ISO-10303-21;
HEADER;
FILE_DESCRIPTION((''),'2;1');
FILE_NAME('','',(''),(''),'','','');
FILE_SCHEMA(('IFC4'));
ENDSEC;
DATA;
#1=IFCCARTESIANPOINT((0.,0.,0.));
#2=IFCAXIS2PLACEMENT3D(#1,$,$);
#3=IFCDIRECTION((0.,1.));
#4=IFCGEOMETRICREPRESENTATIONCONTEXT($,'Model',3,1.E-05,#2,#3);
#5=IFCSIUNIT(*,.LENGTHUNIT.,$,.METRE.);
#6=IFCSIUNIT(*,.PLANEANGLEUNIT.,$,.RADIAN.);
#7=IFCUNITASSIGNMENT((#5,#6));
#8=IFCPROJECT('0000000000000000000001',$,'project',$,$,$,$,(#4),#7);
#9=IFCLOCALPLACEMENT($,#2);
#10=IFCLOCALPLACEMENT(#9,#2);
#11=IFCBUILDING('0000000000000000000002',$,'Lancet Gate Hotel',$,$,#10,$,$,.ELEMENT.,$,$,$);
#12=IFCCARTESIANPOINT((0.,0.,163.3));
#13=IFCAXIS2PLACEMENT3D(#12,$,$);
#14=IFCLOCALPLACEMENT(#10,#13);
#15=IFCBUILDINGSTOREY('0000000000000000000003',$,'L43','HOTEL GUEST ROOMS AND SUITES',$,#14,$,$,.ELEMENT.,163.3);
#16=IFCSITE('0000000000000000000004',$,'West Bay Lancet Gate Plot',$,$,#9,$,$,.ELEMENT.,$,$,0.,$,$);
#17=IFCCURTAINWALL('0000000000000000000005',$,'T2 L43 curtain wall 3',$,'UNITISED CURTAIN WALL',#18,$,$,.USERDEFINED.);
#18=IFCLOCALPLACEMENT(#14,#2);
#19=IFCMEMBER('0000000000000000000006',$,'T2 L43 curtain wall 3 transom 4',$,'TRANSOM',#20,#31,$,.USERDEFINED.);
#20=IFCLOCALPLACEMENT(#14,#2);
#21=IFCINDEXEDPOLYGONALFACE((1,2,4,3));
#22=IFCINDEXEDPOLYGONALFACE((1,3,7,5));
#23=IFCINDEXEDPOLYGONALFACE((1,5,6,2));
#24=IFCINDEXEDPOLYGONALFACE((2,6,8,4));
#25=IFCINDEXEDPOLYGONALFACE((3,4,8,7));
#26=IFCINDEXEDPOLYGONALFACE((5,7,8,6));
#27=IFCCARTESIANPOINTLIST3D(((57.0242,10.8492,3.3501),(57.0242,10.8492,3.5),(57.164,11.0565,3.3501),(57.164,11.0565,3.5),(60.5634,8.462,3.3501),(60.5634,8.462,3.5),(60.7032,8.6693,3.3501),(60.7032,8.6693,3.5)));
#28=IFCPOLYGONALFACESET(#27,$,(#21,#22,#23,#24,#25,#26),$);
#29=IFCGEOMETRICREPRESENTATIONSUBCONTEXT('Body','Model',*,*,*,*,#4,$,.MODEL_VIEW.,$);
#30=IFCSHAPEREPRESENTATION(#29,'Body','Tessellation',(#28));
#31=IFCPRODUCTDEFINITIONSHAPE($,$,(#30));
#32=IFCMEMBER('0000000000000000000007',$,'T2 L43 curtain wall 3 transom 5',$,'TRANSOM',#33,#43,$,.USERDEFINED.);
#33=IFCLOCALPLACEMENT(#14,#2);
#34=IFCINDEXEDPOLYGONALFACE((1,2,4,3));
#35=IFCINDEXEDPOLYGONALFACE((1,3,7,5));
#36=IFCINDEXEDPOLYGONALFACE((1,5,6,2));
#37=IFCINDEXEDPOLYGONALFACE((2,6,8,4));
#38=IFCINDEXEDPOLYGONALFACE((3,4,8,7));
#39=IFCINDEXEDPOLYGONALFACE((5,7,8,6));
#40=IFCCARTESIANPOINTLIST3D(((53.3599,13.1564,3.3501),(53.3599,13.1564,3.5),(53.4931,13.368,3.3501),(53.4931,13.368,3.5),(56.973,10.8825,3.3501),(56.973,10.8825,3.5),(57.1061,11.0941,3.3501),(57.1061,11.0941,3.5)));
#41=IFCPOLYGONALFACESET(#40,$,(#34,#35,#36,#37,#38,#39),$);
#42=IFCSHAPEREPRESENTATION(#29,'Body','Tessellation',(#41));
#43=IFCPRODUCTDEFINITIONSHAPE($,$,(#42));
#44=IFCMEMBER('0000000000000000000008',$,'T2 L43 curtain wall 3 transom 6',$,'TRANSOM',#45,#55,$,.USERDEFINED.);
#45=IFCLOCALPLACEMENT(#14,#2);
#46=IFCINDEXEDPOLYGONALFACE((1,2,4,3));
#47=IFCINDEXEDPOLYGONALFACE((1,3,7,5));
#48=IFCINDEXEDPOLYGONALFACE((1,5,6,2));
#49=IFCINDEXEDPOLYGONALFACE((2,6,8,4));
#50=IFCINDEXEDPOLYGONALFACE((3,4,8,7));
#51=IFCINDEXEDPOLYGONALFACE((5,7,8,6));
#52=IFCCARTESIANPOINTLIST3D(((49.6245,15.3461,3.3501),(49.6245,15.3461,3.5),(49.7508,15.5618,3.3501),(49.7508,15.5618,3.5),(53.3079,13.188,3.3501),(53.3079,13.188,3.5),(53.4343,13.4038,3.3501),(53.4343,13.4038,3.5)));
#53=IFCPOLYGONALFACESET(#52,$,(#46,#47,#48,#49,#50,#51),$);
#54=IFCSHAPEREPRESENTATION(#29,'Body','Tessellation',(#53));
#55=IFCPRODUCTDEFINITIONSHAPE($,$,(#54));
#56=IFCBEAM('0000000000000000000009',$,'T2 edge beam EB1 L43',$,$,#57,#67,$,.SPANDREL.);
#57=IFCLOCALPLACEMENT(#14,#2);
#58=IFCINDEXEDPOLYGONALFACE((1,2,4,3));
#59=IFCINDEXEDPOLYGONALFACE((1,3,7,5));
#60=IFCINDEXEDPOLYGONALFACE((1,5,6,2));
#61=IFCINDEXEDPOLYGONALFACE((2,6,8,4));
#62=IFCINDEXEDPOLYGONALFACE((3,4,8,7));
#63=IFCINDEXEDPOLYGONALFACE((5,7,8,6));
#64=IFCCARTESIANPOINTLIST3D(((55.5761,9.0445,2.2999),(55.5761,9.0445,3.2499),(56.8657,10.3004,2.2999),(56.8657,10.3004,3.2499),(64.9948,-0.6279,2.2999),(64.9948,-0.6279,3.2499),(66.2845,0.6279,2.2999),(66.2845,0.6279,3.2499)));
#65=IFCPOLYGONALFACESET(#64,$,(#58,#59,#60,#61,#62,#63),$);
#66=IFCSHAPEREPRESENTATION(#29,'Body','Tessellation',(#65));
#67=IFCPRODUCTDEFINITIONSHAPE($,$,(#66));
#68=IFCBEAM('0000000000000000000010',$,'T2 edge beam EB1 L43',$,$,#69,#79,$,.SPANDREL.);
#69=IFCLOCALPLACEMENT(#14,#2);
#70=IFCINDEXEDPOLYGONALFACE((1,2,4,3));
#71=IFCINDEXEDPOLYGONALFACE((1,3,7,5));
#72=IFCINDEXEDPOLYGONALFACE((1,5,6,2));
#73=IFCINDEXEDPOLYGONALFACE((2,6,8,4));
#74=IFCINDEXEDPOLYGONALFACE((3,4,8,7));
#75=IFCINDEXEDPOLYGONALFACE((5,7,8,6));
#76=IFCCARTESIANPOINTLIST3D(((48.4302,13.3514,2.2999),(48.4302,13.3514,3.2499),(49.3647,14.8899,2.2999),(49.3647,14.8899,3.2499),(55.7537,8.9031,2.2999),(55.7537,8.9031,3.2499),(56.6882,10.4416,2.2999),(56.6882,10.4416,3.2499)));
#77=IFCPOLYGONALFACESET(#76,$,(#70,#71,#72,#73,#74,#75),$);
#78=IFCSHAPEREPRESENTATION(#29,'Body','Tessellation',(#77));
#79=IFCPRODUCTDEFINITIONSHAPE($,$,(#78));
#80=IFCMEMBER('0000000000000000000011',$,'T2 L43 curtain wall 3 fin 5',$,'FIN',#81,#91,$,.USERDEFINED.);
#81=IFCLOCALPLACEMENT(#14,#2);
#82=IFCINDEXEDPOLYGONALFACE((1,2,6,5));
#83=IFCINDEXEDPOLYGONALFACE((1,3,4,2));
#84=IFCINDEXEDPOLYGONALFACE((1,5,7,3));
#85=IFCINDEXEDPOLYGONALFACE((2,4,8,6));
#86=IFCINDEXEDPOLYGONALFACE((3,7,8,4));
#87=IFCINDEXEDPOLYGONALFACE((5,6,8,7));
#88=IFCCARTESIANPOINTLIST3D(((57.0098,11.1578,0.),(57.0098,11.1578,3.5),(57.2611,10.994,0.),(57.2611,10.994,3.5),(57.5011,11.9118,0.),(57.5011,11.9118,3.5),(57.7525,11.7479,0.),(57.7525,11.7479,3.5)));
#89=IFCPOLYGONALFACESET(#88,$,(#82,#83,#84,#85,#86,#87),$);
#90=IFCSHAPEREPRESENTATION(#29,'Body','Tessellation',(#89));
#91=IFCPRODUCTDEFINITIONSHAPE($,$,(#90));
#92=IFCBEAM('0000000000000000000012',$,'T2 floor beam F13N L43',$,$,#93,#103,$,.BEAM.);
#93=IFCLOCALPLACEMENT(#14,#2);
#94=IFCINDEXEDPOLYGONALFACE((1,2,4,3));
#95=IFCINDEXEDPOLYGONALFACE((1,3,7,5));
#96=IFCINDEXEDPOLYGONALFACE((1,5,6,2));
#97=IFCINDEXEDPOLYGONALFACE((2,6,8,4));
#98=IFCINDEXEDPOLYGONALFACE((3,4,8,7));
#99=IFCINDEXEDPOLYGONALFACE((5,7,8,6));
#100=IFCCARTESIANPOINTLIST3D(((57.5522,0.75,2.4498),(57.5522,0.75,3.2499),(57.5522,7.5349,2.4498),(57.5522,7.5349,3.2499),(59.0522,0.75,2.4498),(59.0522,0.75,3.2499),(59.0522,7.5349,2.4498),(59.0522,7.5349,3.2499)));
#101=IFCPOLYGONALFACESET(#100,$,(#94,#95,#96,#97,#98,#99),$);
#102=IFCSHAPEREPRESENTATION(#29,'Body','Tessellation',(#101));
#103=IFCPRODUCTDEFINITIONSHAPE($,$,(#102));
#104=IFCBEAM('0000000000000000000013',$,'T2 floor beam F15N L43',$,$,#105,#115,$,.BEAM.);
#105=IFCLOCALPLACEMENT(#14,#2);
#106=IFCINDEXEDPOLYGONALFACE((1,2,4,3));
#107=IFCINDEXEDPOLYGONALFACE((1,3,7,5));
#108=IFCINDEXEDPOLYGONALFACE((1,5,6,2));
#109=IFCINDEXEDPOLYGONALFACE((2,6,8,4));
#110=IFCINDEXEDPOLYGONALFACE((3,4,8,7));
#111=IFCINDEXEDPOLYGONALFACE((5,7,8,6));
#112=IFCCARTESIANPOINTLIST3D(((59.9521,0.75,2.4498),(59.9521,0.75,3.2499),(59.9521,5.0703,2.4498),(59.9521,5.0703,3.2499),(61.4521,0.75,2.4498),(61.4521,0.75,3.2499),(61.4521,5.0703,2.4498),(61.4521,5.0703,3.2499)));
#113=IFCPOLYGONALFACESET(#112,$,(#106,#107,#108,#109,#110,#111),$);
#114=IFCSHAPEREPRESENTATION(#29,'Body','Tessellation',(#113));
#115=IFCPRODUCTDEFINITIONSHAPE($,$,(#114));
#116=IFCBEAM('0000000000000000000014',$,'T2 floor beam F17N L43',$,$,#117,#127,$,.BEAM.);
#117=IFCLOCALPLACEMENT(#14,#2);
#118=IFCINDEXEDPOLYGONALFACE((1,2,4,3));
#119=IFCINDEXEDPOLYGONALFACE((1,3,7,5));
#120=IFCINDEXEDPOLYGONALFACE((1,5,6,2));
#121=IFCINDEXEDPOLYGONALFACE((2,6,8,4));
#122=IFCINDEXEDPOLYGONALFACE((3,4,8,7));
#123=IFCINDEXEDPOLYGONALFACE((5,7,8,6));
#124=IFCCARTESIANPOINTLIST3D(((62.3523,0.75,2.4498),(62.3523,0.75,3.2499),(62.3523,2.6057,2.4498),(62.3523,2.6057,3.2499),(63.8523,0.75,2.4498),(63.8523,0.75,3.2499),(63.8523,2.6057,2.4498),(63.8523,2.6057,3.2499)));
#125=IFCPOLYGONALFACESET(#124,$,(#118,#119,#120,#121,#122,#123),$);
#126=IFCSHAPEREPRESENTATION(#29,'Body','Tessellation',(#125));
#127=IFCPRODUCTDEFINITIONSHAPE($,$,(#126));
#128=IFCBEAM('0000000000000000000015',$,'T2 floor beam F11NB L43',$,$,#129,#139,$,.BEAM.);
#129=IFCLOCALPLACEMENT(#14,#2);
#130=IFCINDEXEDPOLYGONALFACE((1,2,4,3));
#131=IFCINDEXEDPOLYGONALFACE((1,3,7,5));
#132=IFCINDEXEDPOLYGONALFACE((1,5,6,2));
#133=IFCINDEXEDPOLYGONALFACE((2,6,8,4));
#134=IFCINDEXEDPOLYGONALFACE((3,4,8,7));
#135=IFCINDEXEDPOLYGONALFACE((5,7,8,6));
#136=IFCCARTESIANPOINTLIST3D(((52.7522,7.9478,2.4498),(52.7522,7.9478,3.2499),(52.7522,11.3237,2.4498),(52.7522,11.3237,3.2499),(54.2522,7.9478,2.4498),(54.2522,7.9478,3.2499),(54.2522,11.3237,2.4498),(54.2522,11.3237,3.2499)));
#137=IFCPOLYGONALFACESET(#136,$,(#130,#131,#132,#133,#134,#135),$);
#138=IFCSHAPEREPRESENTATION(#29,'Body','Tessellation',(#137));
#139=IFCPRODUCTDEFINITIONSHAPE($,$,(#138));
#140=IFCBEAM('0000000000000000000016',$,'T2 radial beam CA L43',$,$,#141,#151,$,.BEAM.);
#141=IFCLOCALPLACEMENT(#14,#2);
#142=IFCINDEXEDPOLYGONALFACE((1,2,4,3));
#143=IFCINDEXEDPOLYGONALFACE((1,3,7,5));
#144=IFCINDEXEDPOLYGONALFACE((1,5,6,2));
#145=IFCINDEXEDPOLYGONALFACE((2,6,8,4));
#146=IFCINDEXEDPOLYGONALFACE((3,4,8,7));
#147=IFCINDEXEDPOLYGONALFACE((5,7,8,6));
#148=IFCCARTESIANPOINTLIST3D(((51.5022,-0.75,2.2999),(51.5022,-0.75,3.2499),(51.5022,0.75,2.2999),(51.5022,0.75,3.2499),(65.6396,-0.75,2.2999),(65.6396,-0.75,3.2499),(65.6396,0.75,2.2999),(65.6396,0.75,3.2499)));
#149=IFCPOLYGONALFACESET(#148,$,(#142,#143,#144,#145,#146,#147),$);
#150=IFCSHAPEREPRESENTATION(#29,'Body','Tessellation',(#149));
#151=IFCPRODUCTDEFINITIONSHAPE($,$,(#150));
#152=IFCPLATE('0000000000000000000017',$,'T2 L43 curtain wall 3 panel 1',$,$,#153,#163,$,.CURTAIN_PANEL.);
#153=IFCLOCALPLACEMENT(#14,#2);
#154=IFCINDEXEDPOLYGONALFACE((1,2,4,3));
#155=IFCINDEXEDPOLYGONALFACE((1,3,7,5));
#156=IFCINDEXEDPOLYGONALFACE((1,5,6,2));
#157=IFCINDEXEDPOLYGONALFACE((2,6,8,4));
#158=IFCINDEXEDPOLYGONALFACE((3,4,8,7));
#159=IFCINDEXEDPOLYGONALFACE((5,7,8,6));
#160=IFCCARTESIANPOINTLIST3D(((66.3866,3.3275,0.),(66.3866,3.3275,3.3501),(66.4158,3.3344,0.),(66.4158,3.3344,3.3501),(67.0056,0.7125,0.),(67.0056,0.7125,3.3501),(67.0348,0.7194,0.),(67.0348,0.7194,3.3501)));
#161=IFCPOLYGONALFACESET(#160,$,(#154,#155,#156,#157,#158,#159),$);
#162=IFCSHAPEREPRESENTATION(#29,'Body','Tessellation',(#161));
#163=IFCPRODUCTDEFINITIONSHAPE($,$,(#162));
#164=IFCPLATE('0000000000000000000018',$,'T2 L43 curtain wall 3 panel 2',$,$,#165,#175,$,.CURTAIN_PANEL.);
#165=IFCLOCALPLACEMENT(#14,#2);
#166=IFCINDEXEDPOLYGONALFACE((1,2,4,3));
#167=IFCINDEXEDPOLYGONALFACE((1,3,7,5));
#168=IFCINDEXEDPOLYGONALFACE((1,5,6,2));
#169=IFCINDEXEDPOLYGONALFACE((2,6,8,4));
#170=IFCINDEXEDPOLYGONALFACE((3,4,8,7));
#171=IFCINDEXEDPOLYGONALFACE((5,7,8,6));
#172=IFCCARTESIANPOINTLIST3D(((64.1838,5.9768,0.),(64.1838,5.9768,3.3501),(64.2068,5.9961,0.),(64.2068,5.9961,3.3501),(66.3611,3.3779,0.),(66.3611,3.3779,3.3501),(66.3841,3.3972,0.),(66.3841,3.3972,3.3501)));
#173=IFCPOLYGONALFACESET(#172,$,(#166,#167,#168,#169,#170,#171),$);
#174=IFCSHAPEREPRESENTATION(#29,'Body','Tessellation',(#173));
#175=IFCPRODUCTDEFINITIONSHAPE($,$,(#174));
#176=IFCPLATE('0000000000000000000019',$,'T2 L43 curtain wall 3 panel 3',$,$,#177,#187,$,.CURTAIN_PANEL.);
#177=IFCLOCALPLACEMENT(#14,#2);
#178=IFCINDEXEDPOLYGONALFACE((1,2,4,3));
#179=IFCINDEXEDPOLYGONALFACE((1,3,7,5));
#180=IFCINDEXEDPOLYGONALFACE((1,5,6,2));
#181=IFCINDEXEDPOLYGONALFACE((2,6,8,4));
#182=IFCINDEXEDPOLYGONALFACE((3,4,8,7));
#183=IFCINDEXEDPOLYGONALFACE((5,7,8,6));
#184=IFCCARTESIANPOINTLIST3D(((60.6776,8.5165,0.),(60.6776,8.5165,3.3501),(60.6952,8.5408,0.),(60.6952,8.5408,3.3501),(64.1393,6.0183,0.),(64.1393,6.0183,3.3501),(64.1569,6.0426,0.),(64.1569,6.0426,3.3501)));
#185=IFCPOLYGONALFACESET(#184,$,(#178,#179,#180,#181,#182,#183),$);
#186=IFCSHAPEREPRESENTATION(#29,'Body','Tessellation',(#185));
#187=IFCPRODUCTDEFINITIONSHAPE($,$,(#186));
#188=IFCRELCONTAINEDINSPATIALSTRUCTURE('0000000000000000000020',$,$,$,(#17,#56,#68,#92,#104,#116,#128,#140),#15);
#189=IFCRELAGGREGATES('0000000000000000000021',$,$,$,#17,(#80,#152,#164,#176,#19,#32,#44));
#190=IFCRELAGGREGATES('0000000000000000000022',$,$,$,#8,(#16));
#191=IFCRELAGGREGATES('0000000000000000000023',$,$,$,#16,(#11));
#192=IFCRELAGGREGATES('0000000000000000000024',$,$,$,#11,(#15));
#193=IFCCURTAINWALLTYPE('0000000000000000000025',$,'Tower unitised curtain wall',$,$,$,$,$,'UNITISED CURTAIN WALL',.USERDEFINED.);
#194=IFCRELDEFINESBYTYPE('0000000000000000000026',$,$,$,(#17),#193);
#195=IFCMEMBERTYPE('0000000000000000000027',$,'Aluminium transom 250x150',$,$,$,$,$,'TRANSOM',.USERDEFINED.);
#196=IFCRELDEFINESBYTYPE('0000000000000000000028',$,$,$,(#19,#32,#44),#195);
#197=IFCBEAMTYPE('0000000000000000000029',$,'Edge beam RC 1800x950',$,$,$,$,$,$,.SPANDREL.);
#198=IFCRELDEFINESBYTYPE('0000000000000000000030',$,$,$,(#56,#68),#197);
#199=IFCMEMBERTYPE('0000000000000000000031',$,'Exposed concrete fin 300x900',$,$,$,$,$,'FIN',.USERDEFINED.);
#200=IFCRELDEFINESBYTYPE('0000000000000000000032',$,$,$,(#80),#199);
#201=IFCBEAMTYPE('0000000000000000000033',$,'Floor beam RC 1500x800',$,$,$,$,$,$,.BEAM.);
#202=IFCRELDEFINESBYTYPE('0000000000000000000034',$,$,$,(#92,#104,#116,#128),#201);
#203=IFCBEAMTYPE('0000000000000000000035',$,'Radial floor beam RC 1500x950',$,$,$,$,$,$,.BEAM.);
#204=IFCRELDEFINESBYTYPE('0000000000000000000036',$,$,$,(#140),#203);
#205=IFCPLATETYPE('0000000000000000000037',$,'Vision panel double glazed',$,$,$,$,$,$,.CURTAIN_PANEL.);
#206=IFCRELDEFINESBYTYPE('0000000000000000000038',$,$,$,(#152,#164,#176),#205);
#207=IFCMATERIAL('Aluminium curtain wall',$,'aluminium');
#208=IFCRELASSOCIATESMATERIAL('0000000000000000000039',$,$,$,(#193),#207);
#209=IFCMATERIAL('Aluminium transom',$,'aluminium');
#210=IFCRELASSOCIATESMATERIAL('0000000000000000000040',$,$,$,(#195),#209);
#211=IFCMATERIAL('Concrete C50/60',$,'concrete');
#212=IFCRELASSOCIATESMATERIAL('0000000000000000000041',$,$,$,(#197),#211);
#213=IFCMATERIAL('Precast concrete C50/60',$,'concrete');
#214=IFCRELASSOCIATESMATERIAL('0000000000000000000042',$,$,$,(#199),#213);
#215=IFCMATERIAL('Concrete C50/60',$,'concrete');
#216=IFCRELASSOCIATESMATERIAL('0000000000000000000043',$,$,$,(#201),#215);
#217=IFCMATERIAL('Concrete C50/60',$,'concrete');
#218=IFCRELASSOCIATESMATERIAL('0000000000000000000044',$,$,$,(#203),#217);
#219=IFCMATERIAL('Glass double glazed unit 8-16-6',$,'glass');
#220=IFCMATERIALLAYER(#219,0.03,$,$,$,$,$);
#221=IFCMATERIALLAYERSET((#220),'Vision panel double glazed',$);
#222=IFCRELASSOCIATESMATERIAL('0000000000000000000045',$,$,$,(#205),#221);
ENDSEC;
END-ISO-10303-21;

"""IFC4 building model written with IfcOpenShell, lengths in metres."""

from ifc_helpers import new_model, si_unit, direction, frame, origin, origin_2d, place, context, subcontext, project, spatial, rectangle, extrude, material, layer, layer_set, material_profile, profile_set, type_object, element, aggregate, save


model = new_model("IFC4")

# Units and contexts
model_context = context("Model", 3, precision=1e-05, world=origin(), true_north=direction((0.0, 1.0)))
body_context = subcontext(model_context, "Body", "Model", "MODEL_VIEW")
ifc_project = project(units=[si_unit("LENGTHUNIT", "METRE"), si_unit("PLANEANGLEUNIT", "RADIAN")], contexts=[model_context])

# Site, building, storey
site_placement = place(None, origin())
site = spatial("IfcSite", under=ifc_project, at=site_placement, Name="West Bay Lancet Gate Plot", CompositionType="ELEMENT", RefElevation=0.0)
building_placement = place(site_placement, origin())
building = spatial("IfcBuilding", under=site, at=building_placement, Name="Lancet Gate Hotel", CompositionType="ELEMENT")
storey_placement = place(building_placement, frame((0.0, 0.0, 163.3)))
storey = spatial("IfcBuildingStorey", under=building, at=storey_placement, Name="L43", Description="HOTEL GUEST ROOMS AND SUITES", CompositionType="ELEMENT", Elevation=163.3)

# Curtain wall, members
ifc_material_1 = material(Name="Aluminium curtain wall", Category="aluminium")
curtain_wall_type = type_object("IfcCurtainWallType", Name="Tower unitised curtain wall", ElementType="UNITISED CURTAIN WALL", PredefinedType="USERDEFINED", material=ifc_material_1)
curtain_wall_placement = place(storey_placement, origin())
curtain_wall = element("IfcCurtainWall", 1, at=curtain_wall_placement, inside=storey, type_object=curtain_wall_type, Name="T2 L43 curtain wall 3", ObjectType="UNITISED CURTAIN WALL", PredefinedType="USERDEFINED")
ifc_material_2 = material(Name="Aluminium transom", Category="aluminium")
ifc_material_profile_1 = material_profile(ifc_material_2, rectangle(XDim=0.25, YDim=0.1499, at=origin_2d()), Name="TRANSOM 250x150")
ifc_profile_set_1 = profile_set([ifc_material_profile_1], Name="Aluminium transom")
member_type_1 = type_object("IfcMemberType", Name="Aluminium transom 250x150", ElementType="TRANSOM", PredefinedType="USERDEFINED", material=ifc_profile_set_1)
member_1_placement = place(storey_placement, frame((60.6333, 8.5657, 3.425), z_axis=(-0.829047, 0.559179, 0.0), x_axis=(-0.559179, -0.829047, 0.0)))
member_1 = element("IfcMember", 2, at=member_1_placement, type_object=member_type_1, Name="T2 L43 curtain wall 3 transom 4", ObjectType="TRANSOM", PredefinedType="USERDEFINED", context=body_context, shape_type="SweptSolid", body=[
    extrude(rectangle(XDim=0.25, YDim=0.1499, at=origin_2d()), origin(), (0.0, 0.0, 1.0), 4.269),
])
member_2_placement = place(storey_placement, frame((57.0396, 10.9883, 3.425), z_axis=(-0.846333, 0.532654, 0.0), x_axis=(-0.532654, -0.846333, 0.0)))
member_2 = element("IfcMember", 3, at=member_2_placement, type_object=member_type_1, Name="T2 L43 curtain wall 3 transom 5", ObjectType="TRANSOM", PredefinedType="USERDEFINED", context=body_context, shape_type="SweptSolid", body=[
    extrude(rectangle(XDim=0.25, YDim=0.1499, at=origin_2d()), origin(), (0.0, 0.0, 1.0), 4.269),
])
member_3_placement = place(storey_placement, frame((53.3711, 13.2959, 3.425), z_axis=(-0.862825, 0.505502, 0.0), x_axis=(-0.505502, -0.862825, 0.0)))
member_3 = element("IfcMember", 4, at=member_3_placement, type_object=member_type_1, Name="T2 L43 curtain wall 3 transom 6", ObjectType="TRANSOM", PredefinedType="USERDEFINED", context=body_context, shape_type="SweptSolid", body=[
    extrude(rectangle(XDim=0.25, YDim=0.1499, at=origin_2d()), origin(), (0.0, 0.0, 1.0), 4.269),
])

# Beams
ifc_material_3 = material(Name="Concrete C50/60", Category="concrete")
ifc_material_profile_2 = material_profile(ifc_material_3, rectangle(XDim=1.8, YDim=0.95, at=origin_2d()), Name="RC 1800x950")
ifc_profile_set_2 = profile_set([ifc_material_profile_2], Name="Concrete C50/60")
beam_type_1 = type_object("IfcBeamType", Name="Edge beam RC 1800x950", PredefinedType="SPANDREL", material=ifc_profile_set_2)
beam_1_placement = place(storey_placement, frame((65.6396, 0.0, 2.7749), z_axis=(-0.69765, 0.716439, 0.0), x_axis=(-0.716439, -0.69765, 0.0)))
element("IfcBeam", 5, at=beam_1_placement, inside=storey, type_object=beam_type_1, Name="T2 edge beam EB1 L43", PredefinedType="SPANDREL", context=body_context, shape_type="SweptSolid", body=[
    extrude(rectangle(XDim=1.8, YDim=0.95, at=origin_2d()), origin(), (0.0, 0.0, 1.0), 13.5007),
])
beam_2_placement = place(storey_placement, frame((56.2209, 9.6724, 2.7749), z_axis=(-0.854692, 0.519135, 0.0), x_axis=(-0.519135, -0.854692, 0.0)))
element("IfcBeam", 6, at=beam_2_placement, inside=storey, type_object=beam_type_1, Name="T2 edge beam EB1 L43", PredefinedType="SPANDREL", context=body_context, shape_type="SweptSolid", body=[
    extrude(rectangle(XDim=1.8, YDim=0.95, at=origin_2d()), origin(), (0.0, 0.0, 1.0), 8.5686),
])

# Member
ifc_material_4 = material(Name="Precast concrete C50/60", Category="concrete")
ifc_material_profile_3 = material_profile(ifc_material_4, rectangle(XDim=0.3, YDim=0.8999, at=origin_2d()), Name="FIN 300x900")
ifc_profile_set_3 = profile_set([ifc_material_profile_3], Name="Precast concrete C50/60")
member_type_2 = type_object("IfcMemberType", Name="Exposed concrete fin 300x900", ElementType="FIN", PredefinedType="USERDEFINED", material=ifc_profile_set_3)
member_4_placement = place(storey_placement, frame((57.3811, 11.4529, 0.0), z_axis=(0.0, 0.0, 1.0), x_axis=(-0.837801, 0.545976, 0.0)))
member_4 = element("IfcMember", 7, at=member_4_placement, type_object=member_type_2, Name="T2 L43 curtain wall 3 fin 5", ObjectType="FIN", PredefinedType="USERDEFINED", context=body_context, shape_type="SweptSolid", body=[
    extrude(rectangle(XDim=0.3, YDim=0.8999, at=origin_2d()), origin(), (0.0, 0.0, 1.0), 3.5),
])

# Beams
ifc_material_5 = material(Name="Concrete C50/60", Category="concrete")
ifc_material_profile_4 = material_profile(ifc_material_5, rectangle(XDim=1.5, YDim=0.8, at=origin_2d()), Name="RC 1500x800")
ifc_profile_set_4 = profile_set([ifc_material_profile_4], Name="Concrete C50/60")
beam_type_2 = type_object("IfcBeamType", Name="Floor beam RC 1500x800", PredefinedType="BEAM", material=ifc_profile_set_4)
beam_3_placement = place(storey_placement, frame((58.3022, 0.75, 2.8499), z_axis=(0.0, 1.0, 0.0), x_axis=(-1.0, 0.0, 0.0)))
element("IfcBeam", 8, at=beam_3_placement, inside=storey, type_object=beam_type_2, Name="T2 floor beam F13N L43", PredefinedType="BEAM", context=body_context, shape_type="SweptSolid", body=[
    extrude(rectangle(XDim=1.5, YDim=0.8, at=origin_2d()), origin(), (0.0, 0.0, 1.0), 6.7849),
])
beam_4_placement = place(storey_placement, frame((60.7021, 0.75, 2.8499), z_axis=(0.0, 1.0, 0.0), x_axis=(-1.0, 0.0, 0.0)))
element("IfcBeam", 9, at=beam_4_placement, inside=storey, type_object=beam_type_2, Name="T2 floor beam F15N L43", PredefinedType="BEAM", context=body_context, shape_type="SweptSolid", body=[
    extrude(rectangle(XDim=1.5, YDim=0.8, at=origin_2d()), origin(), (0.0, 0.0, 1.0), 4.3203),
])
beam_5_placement = place(storey_placement, frame((63.1023, 0.75, 2.8499), z_axis=(0.0, 1.0, 0.0), x_axis=(-1.0, 0.0, 0.0)))
element("IfcBeam", 10, at=beam_5_placement, inside=storey, type_object=beam_type_2, Name="T2 floor beam F17N L43", PredefinedType="BEAM", context=body_context, shape_type="SweptSolid", body=[
    extrude(rectangle(XDim=1.5, YDim=0.8, at=origin_2d()), origin(), (0.0, 0.0, 1.0), 1.8557),
])
beam_6_placement = place(storey_placement, frame((53.5022, 7.9478, 2.8499), z_axis=(0.0, 1.0, 0.0), x_axis=(-1.0, 0.0, 0.0)))
element("IfcBeam", 11, at=beam_6_placement, inside=storey, type_object=beam_type_2, Name="T2 floor beam F11NB L43", PredefinedType="BEAM", context=body_context, shape_type="SweptSolid", body=[
    extrude(rectangle(XDim=1.5, YDim=0.8, at=origin_2d()), origin(), (0.0, 0.0, 1.0), 3.376),
])
ifc_material_6 = material(Name="Concrete C50/60", Category="concrete")
ifc_material_profile_5 = material_profile(ifc_material_6, rectangle(XDim=1.5, YDim=0.95, at=origin_2d()), Name="RC 1500x950")
ifc_profile_set_5 = profile_set([ifc_material_profile_5], Name="Concrete C50/60")
beam_type_3 = type_object("IfcBeamType", Name="Radial floor beam RC 1500x950", PredefinedType="BEAM", material=ifc_profile_set_5)
beam_7_placement = place(storey_placement, frame((65.6396, 0.0, 2.7749), z_axis=(-1.0, 0.0, 0.0), x_axis=(0.0, -1.0, 0.0)))
element("IfcBeam", 12, at=beam_7_placement, inside=storey, type_object=beam_type_3, Name="T2 radial beam CA L43", PredefinedType="BEAM", context=body_context, shape_type="SweptSolid", body=[
    extrude(rectangle(XDim=1.5, YDim=0.95, at=origin_2d()), origin(), (0.0, 0.0, 1.0), 14.1375),
])

# Plates
ifc_material_7 = material(Name="Glass double glazed unit 8-16-6", Category="glass")
ifc_layer_1 = layer(ifc_material_7, 0.03)
ifc_layer_set_1 = layer_set([ifc_layer_1], Name="Vision panel double glazed")
plate_type = type_object("IfcPlateType", Name="Vision panel double glazed", PredefinedType="CURTAIN_PANEL", material=ifc_layer_set_1)
plate_1_placement = place(storey_placement, frame((66.7107, 2.0234, 0.0), z_axis=(0.0, 0.0, 1.0), x_axis=(-0.230367, 0.973104, 0.0)))
plate_1 = element("IfcPlate", 13, at=plate_1_placement, type_object=plate_type, Name="T2 L43 curtain wall 3 panel 1", PredefinedType="CURTAIN_PANEL", context=body_context, shape_type="SweptSolid", body=[
    extrude(rectangle(XDim=2.6873, YDim=0.03, at=origin_2d()), origin(), (0.0, 0.0, 1.0), 3.3501),
])
plate_2_placement = place(storey_placement, frame((65.2839, 4.687, 0.0), z_axis=(0.0, 0.0, 1.0), x_axis=(-0.642199, 0.766538, 0.0)))
plate_2 = element("IfcPlate", 14, at=plate_2_placement, type_object=plate_type, Name="T2 L43 curtain wall 3 panel 2", PredefinedType="CURTAIN_PANEL", context=body_context, shape_type="SweptSolid", body=[
    extrude(rectangle(XDim=3.3904, YDim=0.03, at=origin_2d()), origin(), (0.0, 0.0, 1.0), 3.3501),
])
plate_3_placement = place(storey_placement, frame((62.4172, 7.2795, 0.0), z_axis=(0.0, 0.0, 1.0), x_axis=(-0.810891, 0.585197, 0.0)))
plate_3 = element("IfcPlate", 15, at=plate_3_placement, type_object=plate_type, Name="T2 L43 curtain wall 3 panel 3", PredefinedType="CURTAIN_PANEL", context=body_context, shape_type="SweptSolid", body=[
    extrude(rectangle(XDim=4.269, YDim=0.03, at=origin_2d()), origin(), (0.0, 0.0, 1.0), 3.3501),
])
aggregate(curtain_wall, [member_4, plate_1, plate_2, plate_3, member_1, member_2, member_3])

save(model, "model.ifc")
